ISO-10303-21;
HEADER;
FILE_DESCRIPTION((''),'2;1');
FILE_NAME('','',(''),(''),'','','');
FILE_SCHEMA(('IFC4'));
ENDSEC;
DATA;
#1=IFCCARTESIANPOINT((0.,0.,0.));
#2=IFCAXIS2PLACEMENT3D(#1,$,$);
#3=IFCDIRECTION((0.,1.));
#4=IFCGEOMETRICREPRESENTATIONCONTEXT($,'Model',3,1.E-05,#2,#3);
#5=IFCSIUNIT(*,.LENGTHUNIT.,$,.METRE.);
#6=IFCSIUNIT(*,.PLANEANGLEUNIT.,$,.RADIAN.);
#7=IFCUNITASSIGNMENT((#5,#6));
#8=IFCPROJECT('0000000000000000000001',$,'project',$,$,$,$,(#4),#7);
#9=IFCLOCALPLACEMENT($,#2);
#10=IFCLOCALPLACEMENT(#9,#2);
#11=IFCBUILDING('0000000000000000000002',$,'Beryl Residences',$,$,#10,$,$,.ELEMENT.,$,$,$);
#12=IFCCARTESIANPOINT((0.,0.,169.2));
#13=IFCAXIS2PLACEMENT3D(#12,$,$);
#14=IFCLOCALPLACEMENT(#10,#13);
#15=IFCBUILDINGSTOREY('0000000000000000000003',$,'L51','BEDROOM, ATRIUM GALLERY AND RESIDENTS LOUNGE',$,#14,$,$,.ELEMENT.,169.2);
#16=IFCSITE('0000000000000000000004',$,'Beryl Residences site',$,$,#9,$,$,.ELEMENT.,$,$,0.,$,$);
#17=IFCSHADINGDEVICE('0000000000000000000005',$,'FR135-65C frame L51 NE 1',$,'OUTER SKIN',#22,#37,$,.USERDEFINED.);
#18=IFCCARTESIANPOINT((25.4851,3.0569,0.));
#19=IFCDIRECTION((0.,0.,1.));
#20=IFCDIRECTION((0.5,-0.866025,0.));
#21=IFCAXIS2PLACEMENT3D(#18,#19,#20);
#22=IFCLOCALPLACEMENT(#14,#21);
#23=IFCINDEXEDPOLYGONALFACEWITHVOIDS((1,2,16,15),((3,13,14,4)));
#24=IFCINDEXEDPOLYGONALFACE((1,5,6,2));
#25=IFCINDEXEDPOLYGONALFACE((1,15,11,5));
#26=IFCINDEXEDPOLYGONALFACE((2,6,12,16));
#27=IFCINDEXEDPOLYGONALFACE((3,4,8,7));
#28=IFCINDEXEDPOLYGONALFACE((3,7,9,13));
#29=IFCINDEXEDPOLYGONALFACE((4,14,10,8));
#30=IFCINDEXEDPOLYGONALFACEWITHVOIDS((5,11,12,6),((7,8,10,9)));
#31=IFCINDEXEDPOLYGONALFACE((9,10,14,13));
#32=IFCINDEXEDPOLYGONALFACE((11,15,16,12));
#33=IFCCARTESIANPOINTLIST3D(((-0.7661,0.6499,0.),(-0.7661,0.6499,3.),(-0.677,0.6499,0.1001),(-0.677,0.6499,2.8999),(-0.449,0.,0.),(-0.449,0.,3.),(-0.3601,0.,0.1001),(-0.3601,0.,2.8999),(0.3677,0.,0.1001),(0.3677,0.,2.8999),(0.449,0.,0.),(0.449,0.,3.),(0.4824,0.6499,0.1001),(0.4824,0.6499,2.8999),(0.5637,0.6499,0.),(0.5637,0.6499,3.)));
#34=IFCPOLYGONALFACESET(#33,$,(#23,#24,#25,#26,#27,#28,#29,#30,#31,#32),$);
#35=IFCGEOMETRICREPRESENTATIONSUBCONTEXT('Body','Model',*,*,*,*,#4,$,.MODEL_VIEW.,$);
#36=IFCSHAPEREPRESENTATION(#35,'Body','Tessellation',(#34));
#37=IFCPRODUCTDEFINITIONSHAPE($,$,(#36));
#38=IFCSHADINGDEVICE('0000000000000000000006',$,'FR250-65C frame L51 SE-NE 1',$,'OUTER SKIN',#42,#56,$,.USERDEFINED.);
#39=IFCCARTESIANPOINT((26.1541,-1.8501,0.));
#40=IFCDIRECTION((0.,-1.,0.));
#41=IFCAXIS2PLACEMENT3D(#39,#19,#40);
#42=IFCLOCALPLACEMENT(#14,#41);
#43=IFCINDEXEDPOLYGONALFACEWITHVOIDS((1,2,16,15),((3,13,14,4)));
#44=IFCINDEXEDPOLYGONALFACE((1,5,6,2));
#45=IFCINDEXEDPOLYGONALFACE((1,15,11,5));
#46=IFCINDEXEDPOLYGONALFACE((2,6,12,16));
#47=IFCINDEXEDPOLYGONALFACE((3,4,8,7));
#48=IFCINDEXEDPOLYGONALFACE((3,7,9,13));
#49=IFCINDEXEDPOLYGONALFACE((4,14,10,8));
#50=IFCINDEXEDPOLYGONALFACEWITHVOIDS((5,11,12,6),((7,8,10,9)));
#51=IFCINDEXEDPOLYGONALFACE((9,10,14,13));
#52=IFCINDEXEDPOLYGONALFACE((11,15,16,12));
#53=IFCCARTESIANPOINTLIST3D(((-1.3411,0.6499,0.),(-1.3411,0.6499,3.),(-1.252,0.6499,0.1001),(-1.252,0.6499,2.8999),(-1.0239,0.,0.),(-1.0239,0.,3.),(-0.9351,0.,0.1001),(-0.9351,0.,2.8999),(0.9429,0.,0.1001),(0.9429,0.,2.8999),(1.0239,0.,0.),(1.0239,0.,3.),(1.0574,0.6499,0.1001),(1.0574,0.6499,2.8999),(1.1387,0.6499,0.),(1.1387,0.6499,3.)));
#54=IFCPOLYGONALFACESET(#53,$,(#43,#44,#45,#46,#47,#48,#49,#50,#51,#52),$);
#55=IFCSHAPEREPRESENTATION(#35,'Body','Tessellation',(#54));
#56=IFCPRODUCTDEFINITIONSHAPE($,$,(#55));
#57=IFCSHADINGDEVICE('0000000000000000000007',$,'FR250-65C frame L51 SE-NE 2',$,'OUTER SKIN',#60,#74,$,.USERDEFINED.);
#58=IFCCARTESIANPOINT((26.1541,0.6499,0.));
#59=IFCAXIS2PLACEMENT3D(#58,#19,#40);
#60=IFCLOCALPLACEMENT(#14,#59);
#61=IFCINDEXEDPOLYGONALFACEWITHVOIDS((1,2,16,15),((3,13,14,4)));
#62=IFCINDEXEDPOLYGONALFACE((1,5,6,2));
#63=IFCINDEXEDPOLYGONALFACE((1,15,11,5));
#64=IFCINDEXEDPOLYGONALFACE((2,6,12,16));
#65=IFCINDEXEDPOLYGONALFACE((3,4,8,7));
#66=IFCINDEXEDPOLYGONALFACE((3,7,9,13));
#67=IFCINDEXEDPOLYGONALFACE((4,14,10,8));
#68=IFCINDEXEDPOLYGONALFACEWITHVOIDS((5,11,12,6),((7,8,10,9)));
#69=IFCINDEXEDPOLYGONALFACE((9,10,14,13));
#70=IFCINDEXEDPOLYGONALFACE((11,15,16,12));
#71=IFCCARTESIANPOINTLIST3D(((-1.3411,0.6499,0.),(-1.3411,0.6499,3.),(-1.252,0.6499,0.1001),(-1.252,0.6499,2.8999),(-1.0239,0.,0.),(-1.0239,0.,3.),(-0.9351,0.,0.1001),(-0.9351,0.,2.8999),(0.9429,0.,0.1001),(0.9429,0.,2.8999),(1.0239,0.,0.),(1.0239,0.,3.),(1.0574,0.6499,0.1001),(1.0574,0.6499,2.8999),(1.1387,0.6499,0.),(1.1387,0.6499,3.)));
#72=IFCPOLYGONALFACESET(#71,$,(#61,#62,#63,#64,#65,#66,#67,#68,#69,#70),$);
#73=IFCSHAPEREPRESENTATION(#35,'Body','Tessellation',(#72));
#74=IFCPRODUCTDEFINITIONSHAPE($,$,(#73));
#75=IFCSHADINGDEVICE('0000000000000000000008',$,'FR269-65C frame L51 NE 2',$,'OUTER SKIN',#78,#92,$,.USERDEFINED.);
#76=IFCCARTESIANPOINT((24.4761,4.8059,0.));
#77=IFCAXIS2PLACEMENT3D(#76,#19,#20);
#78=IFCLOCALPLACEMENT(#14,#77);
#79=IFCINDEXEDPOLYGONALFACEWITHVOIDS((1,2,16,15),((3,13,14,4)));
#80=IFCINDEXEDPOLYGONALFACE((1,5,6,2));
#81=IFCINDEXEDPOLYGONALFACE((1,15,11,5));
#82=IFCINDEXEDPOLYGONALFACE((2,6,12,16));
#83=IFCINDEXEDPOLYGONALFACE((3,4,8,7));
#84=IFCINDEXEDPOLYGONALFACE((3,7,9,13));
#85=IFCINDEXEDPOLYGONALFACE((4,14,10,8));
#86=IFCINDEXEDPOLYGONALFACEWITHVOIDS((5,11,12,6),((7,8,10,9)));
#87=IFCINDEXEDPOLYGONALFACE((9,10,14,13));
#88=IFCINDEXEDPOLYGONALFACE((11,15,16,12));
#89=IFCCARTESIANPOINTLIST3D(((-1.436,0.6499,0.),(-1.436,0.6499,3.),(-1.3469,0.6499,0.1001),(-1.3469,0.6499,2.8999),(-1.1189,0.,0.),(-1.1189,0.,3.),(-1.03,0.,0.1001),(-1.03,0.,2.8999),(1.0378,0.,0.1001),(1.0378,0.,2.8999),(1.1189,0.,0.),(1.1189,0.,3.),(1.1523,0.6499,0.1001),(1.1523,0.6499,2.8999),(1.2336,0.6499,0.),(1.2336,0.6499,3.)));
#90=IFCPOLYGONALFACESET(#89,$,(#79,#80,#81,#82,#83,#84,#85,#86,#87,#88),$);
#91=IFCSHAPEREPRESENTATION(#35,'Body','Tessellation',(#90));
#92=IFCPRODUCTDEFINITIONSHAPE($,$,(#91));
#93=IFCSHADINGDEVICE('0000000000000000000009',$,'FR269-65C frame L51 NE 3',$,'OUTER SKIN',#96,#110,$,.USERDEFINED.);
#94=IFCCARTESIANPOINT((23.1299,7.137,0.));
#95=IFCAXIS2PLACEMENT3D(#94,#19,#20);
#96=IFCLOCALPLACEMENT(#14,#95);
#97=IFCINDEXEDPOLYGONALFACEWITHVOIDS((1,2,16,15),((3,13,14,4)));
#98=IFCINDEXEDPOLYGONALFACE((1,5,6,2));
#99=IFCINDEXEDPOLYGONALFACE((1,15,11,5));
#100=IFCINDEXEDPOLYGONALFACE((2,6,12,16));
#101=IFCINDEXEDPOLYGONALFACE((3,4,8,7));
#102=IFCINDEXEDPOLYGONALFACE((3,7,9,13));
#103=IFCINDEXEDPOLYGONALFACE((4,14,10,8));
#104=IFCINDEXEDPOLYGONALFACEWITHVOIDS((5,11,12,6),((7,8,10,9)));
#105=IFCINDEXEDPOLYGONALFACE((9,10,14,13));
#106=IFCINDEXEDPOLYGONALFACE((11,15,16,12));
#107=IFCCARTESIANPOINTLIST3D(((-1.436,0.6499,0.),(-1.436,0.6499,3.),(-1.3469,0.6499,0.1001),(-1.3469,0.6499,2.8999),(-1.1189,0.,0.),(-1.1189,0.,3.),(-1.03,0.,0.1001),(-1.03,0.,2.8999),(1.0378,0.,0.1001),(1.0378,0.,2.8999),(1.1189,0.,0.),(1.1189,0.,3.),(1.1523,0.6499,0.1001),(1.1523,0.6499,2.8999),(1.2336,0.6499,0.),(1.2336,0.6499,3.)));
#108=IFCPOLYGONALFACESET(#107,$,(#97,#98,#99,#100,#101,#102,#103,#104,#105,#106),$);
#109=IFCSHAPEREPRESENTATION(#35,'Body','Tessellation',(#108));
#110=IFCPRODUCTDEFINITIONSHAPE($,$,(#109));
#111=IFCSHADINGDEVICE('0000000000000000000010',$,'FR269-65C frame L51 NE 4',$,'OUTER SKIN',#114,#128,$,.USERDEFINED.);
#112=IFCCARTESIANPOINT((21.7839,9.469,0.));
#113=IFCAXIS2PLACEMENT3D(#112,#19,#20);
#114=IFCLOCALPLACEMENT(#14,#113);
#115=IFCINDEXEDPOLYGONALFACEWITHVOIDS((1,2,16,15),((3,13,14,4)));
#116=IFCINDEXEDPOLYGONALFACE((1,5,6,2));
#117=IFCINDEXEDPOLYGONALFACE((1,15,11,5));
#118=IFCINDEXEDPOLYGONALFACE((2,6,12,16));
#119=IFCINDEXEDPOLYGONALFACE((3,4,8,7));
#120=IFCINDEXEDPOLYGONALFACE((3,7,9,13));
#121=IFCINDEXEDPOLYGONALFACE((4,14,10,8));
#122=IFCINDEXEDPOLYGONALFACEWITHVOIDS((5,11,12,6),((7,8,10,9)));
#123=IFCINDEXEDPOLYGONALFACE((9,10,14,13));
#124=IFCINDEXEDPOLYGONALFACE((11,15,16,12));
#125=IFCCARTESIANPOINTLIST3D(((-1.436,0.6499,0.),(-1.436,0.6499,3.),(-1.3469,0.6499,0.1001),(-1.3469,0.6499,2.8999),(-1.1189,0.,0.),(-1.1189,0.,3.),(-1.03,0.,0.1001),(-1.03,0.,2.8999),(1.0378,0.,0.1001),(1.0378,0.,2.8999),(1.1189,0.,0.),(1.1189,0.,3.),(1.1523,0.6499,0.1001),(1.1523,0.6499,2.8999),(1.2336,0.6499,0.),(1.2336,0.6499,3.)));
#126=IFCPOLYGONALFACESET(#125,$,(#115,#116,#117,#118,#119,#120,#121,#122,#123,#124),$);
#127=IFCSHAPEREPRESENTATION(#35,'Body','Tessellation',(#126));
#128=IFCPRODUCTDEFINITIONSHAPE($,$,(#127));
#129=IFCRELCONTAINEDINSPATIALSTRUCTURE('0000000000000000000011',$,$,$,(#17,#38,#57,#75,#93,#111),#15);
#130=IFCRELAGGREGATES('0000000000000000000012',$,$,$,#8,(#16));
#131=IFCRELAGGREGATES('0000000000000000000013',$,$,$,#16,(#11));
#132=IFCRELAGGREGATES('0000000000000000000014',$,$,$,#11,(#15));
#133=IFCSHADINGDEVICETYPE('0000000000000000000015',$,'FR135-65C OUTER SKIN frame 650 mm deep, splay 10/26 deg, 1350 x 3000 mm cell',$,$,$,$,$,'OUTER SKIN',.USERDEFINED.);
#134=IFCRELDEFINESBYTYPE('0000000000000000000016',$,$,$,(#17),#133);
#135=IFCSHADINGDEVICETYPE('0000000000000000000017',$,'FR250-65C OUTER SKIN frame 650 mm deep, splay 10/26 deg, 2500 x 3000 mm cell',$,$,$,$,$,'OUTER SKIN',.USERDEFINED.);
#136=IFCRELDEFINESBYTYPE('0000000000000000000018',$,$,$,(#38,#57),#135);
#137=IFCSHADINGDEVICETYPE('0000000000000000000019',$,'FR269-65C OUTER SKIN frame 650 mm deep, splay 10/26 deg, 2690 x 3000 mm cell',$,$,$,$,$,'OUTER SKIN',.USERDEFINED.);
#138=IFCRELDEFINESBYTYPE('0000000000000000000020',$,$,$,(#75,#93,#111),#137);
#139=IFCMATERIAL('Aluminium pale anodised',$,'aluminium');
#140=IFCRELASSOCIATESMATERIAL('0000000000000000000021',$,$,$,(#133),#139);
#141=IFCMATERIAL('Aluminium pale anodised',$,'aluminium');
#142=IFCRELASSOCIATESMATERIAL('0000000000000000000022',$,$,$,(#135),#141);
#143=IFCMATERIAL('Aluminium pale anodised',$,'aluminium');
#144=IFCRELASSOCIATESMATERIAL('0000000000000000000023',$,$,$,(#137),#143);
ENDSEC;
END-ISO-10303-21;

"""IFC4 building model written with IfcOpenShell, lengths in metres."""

from ifc_helpers import new_model, entity, si_unit, direction, frame, origin, place, context, subcontext, project, spatial, source, transform, mapped, material, type_object, type_shapes, element, save


model = new_model("IFC4")

# Units and contexts
model_context = context("Model", 3, precision=1e-05, world=origin(), true_north=direction((0.0, 1.0)))
body_context = subcontext(model_context, "Body", "Model", "MODEL_VIEW")
ifc_project = project(units=[si_unit("LENGTHUNIT", "METRE"), si_unit("PLANEANGLEUNIT", "RADIAN")], contexts=[model_context])

# Site, building, storey
site_placement = place(None, origin())
site = spatial("IfcSite", under=ifc_project, at=site_placement, Name="Beryl Residences site", CompositionType="ELEMENT", RefElevation=0.0)
building_placement = place(site_placement, origin())
building = spatial("IfcBuilding", under=site, at=building_placement, Name="Beryl Residences", CompositionType="ELEMENT")
storey_placement = place(building_placement, frame((0.0, 0.0, 169.2)))
storey = spatial("IfcBuildingStorey", under=building, at=storey_placement, Name="L51", Description="BEDROOM, ATRIUM GALLERY AND RESIDENTS LOUNGE", CompositionType="ELEMENT", Elevation=169.2)

# Shading devices
ifc_material_1 = material(Name="Aluminium pale anodised", Category="aluminium")
shading_device_type_1 = type_object("IfcShadingDeviceType", Name="FR135-65C OUTER SKIN frame 650 mm deep, splay 10/26 deg, 1350 x 3000 mm cell", ElementType="OUTER SKIN", PredefinedType="USERDEFINED", material=ifc_material_1)
cartesian_point_1 = entity("IfcCartesianPoint", [-0.449, 0.0])
cartesian_point_2 = entity("IfcCartesianPoint", [-0.3677, 0.1001])
cartesian_point_3 = entity("IfcCartesianPoint", [-0.5637, 0.0])
cartesian_point_4 = entity("IfcCartesianPoint", [-0.4824, 0.1001])
shared_shape_1 = source(origin(), body_context, "Body", "SweptSolid", [
    entity("IfcExtrudedAreaSolidTapered", entity("IfcArbitraryProfileDefWithVoids", "AREA", None, entity("IfcPolyline", [cartesian_point_1, entity("IfcCartesianPoint", [0.449, 0.0]), entity("IfcCartesianPoint", [0.449, 3.0]), entity("IfcCartesianPoint", [-0.449, 3.0]), cartesian_point_1]), [entity("IfcPolyline", [cartesian_point_2, entity("IfcCartesianPoint", [0.3601, 0.1001]), entity("IfcCartesianPoint", [0.3601, 2.8999]), entity("IfcCartesianPoint", [-0.3677, 2.8999]), cartesian_point_2])]), entity("IfcAxis2Placement3D", entity("IfcCartesianPoint", [0.0, 0.0, 0.0]), entity("IfcDirection", [0.0, 1.0, 0.0]), entity("IfcDirection", [-1.0, 0.0, 0.0])), entity("IfcDirection", [0.0, 0.0, 1.0]), 0.6499, entity("IfcArbitraryProfileDefWithVoids", "AREA", None, entity("IfcPolyline", [cartesian_point_3, entity("IfcCartesianPoint", [0.7661, 0.0]), entity("IfcCartesianPoint", [0.7661, 3.0]), entity("IfcCartesianPoint", [-0.5637, 3.0]), cartesian_point_3]), [entity("IfcPolyline", [cartesian_point_4, entity("IfcCartesianPoint", [0.677, 0.1001]), entity("IfcCartesianPoint", [0.677, 2.8999]), entity("IfcCartesianPoint", [-0.4824, 2.8999]), cartesian_point_4])])),
])
type_shapes(shading_device_type_1, [shared_shape_1])
shading_device_placement = place(storey_placement, frame((25.4851, 3.0569, 0.0), z_axis=(0.0, 0.0, 1.0), x_axis=(0.5, -0.866025, 0.0)))
element("IfcShadingDevice", 1, at=shading_device_placement, inside=storey, type_object=shading_device_type_1, Name="FR135-65C frame L51 NE 1", ObjectType="OUTER SKIN", PredefinedType="USERDEFINED", context=body_context, shape_type="MappedRepresentation", body=[
    mapped(shared_shape_1, transform((0.0, 0.0, 0.0))),
])
ifc_material_2 = material(Name="Aluminium pale anodised", Category="aluminium")
shading_device_type_2 = type_object("IfcShadingDeviceType", Name="FR250-65C OUTER SKIN frame 650 mm deep, splay 10/26 deg, 2500 x 3000 mm cell", ElementType="OUTER SKIN", PredefinedType="USERDEFINED", material=ifc_material_2)
cartesian_point_5 = entity("IfcCartesianPoint", [-1.0239, 0.0])
cartesian_point_6 = entity("IfcCartesianPoint", [-0.9429, 0.1001])
cartesian_point_7 = entity("IfcCartesianPoint", [-1.1387, 0.0])
cartesian_point_8 = entity("IfcCartesianPoint", [-1.0574, 0.1001])
shared_shape_2 = source(origin(), body_context, "Body", "SweptSolid", [
    entity("IfcExtrudedAreaSolidTapered", entity("IfcArbitraryProfileDefWithVoids", "AREA", None, entity("IfcPolyline", [cartesian_point_5, entity("IfcCartesianPoint", [1.0239, 0.0]), entity("IfcCartesianPoint", [1.0239, 3.0]), entity("IfcCartesianPoint", [-1.0239, 3.0]), cartesian_point_5]), [entity("IfcPolyline", [cartesian_point_6, entity("IfcCartesianPoint", [0.9351, 0.1001]), entity("IfcCartesianPoint", [0.9351, 2.8999]), entity("IfcCartesianPoint", [-0.9429, 2.8999]), cartesian_point_6])]), entity("IfcAxis2Placement3D", entity("IfcCartesianPoint", [0.0, 0.0, 0.0]), entity("IfcDirection", [0.0, 1.0, 0.0]), entity("IfcDirection", [-1.0, 0.0, 0.0])), entity("IfcDirection", [0.0, 0.0, 1.0]), 0.6499, entity("IfcArbitraryProfileDefWithVoids", "AREA", None, entity("IfcPolyline", [cartesian_point_7, entity("IfcCartesianPoint", [1.3411, 0.0]), entity("IfcCartesianPoint", [1.3411, 3.0]), entity("IfcCartesianPoint", [-1.1387, 3.0]), cartesian_point_7]), [entity("IfcPolyline", [cartesian_point_8, entity("IfcCartesianPoint", [1.252, 0.1001]), entity("IfcCartesianPoint", [1.252, 2.8999]), entity("IfcCartesianPoint", [-1.0574, 2.8999]), cartesian_point_8])])),
])
type_shapes(shading_device_type_2, [shared_shape_2])
for number, where, z_axis, x_axis, name in (
    (2, (26.1541, -1.8501, 0.0), (0.0, 0.0, 1.0), (0.0, -1.0, 0.0), "FR250-65C frame L51 SE-NE 1"),
    (3, (26.1541, 0.6499, 0.0), (0.0, 0.0, 1.0), (0.0, -1.0, 0.0), "FR250-65C frame L51 SE-NE 2"),
):
    element("IfcShadingDevice", number, at=place(storey_placement, frame(where, z_axis=z_axis, x_axis=x_axis)), inside=storey, type_object=shading_device_type_2, Name=name, ObjectType="OUTER SKIN", PredefinedType="USERDEFINED", context=body_context, shape_type="MappedRepresentation", body=[
        mapped(shared_shape_2, transform((0.0, 0.0, 0.0))),
    ])
ifc_material_3 = material(Name="Aluminium pale anodised", Category="aluminium")
shading_device_type_3 = type_object("IfcShadingDeviceType", Name="FR269-65C OUTER SKIN frame 650 mm deep, splay 10/26 deg, 2690 x 3000 mm cell", ElementType="OUTER SKIN", PredefinedType="USERDEFINED", material=ifc_material_3)
cartesian_point_9 = entity("IfcCartesianPoint", [-1.1189, 0.0])
cartesian_point_10 = entity("IfcCartesianPoint", [-1.0378, 0.1001])
cartesian_point_11 = entity("IfcCartesianPoint", [-1.2336, 0.0])
cartesian_point_12 = entity("IfcCartesianPoint", [-1.1523, 0.1001])
shared_shape_3 = source(origin(), body_context, "Body", "SweptSolid", [
    entity("IfcExtrudedAreaSolidTapered", entity("IfcArbitraryProfileDefWithVoids", "AREA", None, entity("IfcPolyline", [cartesian_point_9, entity("IfcCartesianPoint", [1.1189, 0.0]), entity("IfcCartesianPoint", [1.1189, 3.0]), entity("IfcCartesianPoint", [-1.1189, 3.0]), cartesian_point_9]), [entity("IfcPolyline", [cartesian_point_10, entity("IfcCartesianPoint", [1.03, 0.1001]), entity("IfcCartesianPoint", [1.03, 2.8999]), entity("IfcCartesianPoint", [-1.0378, 2.8999]), cartesian_point_10])]), entity("IfcAxis2Placement3D", entity("IfcCartesianPoint", [0.0, 0.0, 0.0]), entity("IfcDirection", [0.0, 1.0, 0.0]), entity("IfcDirection", [-1.0, 0.0, 0.0])), entity("IfcDirection", [0.0, 0.0, 1.0]), 0.6499, entity("IfcArbitraryProfileDefWithVoids", "AREA", None, entity("IfcPolyline", [cartesian_point_11, entity("IfcCartesianPoint", [1.436, 0.0]), entity("IfcCartesianPoint", [1.436, 3.0]), entity("IfcCartesianPoint", [-1.2336, 3.0]), cartesian_point_11]), [entity("IfcPolyline", [cartesian_point_12, entity("IfcCartesianPoint", [1.3469, 0.1001]), entity("IfcCartesianPoint", [1.3469, 2.8999]), entity("IfcCartesianPoint", [-1.1523, 2.8999]), cartesian_point_12])])),
])
type_shapes(shading_device_type_3, [shared_shape_3])
for number, where, z_axis, x_axis, name in (
    (4, (24.4761, 4.8059, 0.0), (0.0, 0.0, 1.0), (0.5, -0.866025, 0.0), "FR269-65C frame L51 NE 2"),
    (5, (23.1299, 7.137, 0.0), (0.0, 0.0, 1.0), (0.5, -0.866025, 0.0), "FR269-65C frame L51 NE 3"),
    (6, (21.7839, 9.469, 0.0), (0.0, 0.0, 1.0), (0.5, -0.866025, 0.0), "FR269-65C frame L51 NE 4"),
):
    element("IfcShadingDevice", number, at=place(storey_placement, frame(where, z_axis=z_axis, x_axis=x_axis)), inside=storey, type_object=shading_device_type_3, Name=name, ObjectType="OUTER SKIN", PredefinedType="USERDEFINED", context=body_context, shape_type="MappedRepresentation", body=[
        mapped(shared_shape_3, transform((0.0, 0.0, 0.0))),
    ])

save(model, "model.ifc")
